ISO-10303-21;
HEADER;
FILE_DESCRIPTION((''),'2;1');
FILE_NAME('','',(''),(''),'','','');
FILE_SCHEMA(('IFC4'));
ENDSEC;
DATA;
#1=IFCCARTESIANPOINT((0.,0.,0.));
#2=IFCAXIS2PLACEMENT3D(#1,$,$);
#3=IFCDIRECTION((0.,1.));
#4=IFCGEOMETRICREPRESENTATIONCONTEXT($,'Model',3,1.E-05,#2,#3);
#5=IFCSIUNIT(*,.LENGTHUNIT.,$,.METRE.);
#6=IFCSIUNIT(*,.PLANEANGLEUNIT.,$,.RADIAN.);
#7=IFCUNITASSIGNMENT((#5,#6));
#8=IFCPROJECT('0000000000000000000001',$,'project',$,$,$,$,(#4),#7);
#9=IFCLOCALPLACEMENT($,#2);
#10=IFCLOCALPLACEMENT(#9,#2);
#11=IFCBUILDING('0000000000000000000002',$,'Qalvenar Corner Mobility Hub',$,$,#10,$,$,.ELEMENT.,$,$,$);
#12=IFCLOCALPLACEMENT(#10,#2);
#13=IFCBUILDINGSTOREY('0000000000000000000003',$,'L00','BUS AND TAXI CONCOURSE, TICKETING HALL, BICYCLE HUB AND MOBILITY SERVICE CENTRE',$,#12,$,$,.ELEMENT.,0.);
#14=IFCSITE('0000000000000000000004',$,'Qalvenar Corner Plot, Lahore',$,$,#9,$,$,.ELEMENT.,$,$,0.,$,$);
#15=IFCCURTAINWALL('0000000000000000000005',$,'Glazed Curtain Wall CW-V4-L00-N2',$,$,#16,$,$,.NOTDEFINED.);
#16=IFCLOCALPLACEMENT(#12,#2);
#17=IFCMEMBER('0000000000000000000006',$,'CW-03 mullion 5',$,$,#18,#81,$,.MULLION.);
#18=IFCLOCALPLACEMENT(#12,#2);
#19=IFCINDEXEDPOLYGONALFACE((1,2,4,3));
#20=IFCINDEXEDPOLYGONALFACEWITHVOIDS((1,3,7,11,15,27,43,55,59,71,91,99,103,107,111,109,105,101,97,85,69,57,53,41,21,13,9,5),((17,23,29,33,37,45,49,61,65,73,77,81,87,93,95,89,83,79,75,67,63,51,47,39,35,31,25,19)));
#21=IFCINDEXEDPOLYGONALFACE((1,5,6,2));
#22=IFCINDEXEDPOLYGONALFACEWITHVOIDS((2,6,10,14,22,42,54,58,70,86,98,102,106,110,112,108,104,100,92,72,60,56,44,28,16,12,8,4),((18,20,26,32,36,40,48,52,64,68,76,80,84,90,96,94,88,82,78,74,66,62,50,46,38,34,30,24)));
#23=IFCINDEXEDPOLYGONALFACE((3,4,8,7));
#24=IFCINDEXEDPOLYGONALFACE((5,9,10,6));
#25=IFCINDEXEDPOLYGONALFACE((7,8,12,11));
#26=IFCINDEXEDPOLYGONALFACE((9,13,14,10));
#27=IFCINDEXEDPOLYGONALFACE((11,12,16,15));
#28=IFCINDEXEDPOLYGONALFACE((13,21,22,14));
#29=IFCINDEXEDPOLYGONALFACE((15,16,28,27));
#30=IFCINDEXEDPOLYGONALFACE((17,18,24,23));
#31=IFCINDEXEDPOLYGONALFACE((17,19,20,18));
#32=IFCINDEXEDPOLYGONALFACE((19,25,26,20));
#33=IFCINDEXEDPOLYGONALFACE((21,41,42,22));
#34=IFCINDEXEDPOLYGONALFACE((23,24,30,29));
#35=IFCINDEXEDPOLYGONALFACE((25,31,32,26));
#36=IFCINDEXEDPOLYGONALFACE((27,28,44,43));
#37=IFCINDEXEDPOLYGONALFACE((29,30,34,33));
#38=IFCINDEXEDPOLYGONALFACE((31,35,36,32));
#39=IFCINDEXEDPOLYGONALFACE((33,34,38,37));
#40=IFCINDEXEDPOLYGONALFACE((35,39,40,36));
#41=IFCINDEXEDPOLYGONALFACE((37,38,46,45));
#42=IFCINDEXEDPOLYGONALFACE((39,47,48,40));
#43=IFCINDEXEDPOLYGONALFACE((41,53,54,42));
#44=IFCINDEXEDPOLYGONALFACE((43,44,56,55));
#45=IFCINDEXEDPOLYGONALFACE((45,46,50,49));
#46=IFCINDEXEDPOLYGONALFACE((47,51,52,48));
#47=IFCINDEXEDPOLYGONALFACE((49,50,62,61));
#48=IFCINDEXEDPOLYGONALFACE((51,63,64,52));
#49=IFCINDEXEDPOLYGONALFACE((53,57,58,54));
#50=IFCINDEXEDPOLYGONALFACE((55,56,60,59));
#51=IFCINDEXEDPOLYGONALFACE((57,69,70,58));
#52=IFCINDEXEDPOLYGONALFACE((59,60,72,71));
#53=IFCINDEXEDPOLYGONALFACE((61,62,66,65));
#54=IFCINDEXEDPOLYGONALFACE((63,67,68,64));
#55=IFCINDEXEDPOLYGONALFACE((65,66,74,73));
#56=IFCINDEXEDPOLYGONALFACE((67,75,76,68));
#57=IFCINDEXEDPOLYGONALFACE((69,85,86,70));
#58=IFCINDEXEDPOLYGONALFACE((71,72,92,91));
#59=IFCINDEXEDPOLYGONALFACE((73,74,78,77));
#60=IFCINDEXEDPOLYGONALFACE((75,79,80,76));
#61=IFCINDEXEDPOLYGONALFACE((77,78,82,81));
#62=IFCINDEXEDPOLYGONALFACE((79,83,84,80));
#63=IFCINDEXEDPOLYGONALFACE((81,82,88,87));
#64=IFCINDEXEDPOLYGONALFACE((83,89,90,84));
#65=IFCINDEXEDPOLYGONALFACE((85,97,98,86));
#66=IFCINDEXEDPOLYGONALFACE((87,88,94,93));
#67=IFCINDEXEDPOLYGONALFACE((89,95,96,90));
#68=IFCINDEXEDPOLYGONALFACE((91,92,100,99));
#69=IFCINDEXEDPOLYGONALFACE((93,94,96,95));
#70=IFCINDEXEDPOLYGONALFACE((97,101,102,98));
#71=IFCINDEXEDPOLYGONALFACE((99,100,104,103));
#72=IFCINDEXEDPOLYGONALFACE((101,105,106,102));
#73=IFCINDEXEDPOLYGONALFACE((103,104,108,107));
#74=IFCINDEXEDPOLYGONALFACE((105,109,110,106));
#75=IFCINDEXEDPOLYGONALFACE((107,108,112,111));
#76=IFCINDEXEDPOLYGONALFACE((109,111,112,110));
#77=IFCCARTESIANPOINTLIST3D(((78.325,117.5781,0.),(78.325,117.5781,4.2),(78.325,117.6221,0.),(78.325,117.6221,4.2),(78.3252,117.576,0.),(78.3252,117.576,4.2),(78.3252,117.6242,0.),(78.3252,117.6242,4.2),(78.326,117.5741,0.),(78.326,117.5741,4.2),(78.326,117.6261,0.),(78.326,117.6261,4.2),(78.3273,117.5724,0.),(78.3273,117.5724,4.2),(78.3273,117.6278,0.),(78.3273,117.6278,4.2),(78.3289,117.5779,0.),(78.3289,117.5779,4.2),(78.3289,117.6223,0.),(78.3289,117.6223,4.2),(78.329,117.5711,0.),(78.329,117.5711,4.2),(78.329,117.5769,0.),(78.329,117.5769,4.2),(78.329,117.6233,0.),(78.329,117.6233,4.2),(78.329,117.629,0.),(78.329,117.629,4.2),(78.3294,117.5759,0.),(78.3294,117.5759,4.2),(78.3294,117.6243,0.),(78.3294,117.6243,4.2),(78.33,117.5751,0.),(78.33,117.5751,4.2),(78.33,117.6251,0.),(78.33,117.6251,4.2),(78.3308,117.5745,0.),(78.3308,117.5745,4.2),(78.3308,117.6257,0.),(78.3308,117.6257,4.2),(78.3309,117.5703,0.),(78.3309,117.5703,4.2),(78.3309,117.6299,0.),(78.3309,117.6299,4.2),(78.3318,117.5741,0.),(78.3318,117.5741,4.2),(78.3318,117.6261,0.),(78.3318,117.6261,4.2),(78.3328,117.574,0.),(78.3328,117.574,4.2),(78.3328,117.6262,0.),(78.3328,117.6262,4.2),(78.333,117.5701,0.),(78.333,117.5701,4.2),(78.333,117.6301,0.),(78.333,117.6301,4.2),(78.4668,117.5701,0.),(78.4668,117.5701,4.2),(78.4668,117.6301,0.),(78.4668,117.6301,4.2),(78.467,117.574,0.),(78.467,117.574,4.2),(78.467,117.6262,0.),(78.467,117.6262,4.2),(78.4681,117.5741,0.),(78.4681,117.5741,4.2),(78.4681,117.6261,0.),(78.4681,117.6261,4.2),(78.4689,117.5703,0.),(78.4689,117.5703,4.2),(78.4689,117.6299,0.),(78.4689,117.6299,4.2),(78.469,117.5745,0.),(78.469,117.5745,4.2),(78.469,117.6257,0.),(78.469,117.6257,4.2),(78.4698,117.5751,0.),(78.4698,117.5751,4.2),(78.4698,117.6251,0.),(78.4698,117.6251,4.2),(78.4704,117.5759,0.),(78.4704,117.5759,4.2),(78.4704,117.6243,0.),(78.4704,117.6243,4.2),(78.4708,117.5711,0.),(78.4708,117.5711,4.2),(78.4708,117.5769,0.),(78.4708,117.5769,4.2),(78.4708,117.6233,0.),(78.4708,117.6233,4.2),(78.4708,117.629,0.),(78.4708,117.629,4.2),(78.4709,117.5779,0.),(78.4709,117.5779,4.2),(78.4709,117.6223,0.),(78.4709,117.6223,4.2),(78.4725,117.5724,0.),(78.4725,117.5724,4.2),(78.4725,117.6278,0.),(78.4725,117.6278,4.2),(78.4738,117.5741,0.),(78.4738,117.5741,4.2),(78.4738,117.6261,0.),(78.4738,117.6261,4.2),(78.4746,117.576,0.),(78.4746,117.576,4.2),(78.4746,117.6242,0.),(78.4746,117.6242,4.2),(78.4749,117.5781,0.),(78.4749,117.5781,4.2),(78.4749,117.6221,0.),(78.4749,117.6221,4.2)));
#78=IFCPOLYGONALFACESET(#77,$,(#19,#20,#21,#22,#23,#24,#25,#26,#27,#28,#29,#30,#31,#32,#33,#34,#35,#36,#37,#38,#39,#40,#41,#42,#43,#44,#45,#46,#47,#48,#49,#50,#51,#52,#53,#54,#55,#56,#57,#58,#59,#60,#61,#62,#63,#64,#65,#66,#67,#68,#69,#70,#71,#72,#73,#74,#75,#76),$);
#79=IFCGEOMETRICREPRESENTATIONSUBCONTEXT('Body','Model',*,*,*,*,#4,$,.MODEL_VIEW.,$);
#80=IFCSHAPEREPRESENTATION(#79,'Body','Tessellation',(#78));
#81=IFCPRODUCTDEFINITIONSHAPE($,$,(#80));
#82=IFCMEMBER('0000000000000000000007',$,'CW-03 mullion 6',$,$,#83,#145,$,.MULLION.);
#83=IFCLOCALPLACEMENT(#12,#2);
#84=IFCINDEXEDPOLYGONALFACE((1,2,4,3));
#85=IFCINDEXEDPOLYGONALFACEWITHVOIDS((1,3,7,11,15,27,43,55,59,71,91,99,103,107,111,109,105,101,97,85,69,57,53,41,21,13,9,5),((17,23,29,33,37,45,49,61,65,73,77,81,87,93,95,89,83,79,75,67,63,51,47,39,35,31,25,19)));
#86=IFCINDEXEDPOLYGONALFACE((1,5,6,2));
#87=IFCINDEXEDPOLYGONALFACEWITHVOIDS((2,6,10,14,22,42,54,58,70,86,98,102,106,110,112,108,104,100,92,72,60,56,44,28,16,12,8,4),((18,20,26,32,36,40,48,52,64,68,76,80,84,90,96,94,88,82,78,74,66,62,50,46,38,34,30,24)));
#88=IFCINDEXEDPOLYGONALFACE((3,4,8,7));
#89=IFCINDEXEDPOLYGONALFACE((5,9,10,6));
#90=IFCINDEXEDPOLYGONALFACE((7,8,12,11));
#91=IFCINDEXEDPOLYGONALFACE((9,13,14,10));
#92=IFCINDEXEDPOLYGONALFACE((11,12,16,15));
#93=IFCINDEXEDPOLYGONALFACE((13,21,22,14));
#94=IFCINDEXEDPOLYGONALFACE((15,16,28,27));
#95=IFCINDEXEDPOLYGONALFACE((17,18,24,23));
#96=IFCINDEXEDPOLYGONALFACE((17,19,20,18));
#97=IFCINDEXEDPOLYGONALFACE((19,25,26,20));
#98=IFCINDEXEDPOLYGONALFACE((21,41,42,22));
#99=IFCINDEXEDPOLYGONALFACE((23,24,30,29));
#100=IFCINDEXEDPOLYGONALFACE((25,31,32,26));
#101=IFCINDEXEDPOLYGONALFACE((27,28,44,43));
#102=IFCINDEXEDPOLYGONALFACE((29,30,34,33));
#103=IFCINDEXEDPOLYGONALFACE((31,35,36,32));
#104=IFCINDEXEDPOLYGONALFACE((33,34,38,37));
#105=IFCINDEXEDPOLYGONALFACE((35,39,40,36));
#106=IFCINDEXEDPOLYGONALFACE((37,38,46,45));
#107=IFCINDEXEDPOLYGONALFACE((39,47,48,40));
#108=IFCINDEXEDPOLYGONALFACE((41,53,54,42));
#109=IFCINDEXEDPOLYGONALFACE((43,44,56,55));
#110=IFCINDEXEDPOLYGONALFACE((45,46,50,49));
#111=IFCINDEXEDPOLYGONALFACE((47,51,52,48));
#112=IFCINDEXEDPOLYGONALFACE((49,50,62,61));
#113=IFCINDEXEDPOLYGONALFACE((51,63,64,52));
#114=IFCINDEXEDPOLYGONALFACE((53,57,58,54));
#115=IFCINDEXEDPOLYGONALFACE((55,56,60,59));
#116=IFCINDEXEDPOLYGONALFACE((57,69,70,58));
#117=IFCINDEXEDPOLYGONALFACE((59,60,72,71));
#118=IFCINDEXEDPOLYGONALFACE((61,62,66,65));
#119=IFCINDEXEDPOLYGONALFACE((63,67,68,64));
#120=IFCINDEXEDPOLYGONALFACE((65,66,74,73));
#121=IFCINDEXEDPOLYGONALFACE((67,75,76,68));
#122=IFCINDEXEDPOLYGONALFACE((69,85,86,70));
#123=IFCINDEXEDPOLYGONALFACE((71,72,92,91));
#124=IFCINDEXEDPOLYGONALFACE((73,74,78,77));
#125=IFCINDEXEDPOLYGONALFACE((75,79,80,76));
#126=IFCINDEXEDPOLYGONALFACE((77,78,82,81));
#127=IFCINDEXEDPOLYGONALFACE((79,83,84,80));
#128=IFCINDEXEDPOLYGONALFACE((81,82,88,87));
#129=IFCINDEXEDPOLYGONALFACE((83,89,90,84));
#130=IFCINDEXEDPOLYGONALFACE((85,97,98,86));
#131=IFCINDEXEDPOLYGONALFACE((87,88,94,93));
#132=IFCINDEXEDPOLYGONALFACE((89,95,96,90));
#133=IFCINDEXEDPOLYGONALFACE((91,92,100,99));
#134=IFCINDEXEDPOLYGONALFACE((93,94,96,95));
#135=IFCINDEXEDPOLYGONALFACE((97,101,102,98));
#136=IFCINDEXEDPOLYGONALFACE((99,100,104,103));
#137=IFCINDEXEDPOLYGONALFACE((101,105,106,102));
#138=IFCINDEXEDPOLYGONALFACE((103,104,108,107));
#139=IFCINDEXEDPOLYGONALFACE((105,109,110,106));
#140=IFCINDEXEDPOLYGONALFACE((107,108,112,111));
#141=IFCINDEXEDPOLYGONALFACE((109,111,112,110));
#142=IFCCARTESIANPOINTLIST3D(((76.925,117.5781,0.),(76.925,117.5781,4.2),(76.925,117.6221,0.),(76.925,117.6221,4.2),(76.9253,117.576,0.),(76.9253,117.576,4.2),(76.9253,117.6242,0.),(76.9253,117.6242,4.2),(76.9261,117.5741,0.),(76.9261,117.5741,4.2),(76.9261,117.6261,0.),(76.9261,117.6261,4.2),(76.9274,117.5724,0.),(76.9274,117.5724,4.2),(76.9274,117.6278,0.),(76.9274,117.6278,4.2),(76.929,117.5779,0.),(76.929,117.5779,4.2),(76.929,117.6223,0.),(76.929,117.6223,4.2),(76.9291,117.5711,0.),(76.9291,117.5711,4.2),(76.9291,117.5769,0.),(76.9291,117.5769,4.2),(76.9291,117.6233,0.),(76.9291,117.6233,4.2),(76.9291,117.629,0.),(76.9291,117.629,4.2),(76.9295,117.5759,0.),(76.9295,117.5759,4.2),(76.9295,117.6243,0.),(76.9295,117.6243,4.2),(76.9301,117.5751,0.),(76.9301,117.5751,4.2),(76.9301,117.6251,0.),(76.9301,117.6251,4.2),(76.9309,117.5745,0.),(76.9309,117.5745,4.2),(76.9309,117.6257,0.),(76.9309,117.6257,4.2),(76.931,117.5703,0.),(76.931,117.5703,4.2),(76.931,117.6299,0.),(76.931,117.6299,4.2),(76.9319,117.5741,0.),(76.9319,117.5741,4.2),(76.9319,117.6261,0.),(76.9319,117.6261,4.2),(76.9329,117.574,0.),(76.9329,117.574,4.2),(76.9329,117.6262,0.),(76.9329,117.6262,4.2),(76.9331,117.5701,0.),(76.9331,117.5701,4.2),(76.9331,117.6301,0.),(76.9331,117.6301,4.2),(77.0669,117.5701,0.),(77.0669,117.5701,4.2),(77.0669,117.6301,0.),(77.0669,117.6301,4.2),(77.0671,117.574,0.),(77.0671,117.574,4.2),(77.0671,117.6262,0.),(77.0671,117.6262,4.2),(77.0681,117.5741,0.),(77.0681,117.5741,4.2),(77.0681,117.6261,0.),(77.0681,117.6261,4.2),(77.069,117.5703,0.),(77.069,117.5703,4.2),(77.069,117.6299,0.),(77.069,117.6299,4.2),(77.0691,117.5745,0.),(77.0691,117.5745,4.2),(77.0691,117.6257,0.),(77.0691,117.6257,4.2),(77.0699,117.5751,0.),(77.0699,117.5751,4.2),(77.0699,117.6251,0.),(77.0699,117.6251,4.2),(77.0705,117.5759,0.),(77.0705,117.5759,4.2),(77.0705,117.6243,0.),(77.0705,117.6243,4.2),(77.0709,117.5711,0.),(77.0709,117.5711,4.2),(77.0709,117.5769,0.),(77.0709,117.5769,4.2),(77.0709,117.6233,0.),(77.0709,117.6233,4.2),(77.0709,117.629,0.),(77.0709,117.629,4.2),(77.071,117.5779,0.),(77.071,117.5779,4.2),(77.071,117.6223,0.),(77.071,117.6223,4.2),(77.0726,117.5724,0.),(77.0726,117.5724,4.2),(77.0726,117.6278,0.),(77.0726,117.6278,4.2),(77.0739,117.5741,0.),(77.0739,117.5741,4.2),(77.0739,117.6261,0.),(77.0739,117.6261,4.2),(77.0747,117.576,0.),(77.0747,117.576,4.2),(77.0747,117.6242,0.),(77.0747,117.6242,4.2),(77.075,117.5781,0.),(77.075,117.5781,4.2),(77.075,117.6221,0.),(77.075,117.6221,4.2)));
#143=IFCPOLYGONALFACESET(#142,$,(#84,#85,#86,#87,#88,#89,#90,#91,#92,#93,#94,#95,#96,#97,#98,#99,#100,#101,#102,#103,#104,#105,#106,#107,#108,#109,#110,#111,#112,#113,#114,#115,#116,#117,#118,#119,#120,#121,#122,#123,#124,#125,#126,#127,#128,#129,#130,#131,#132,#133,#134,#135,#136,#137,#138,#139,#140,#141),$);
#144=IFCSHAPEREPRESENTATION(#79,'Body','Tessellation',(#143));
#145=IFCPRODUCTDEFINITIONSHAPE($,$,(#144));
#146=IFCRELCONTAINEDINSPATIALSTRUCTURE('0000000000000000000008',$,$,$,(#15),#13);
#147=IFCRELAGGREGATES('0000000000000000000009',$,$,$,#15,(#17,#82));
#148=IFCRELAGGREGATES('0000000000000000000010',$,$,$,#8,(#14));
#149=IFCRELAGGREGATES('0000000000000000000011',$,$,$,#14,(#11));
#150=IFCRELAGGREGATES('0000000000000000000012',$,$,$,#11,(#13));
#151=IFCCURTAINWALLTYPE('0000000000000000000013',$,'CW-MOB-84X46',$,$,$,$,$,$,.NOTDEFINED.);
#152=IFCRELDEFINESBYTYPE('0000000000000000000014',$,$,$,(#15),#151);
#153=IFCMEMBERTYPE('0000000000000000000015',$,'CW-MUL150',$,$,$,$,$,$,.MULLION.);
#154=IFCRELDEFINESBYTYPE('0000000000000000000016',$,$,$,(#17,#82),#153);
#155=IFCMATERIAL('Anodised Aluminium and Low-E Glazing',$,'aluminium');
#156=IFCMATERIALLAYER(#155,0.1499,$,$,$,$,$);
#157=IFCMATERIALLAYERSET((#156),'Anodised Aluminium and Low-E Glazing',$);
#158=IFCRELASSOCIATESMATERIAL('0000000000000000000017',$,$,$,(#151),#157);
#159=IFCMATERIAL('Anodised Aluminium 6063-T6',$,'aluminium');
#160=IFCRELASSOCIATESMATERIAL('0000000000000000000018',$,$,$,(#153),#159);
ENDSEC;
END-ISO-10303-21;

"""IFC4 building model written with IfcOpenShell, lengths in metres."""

from ifc_helpers import new_model, si_unit, direction, frame, origin, origin_2d, place, context, subcontext, project, spatial, hollow_rectangle, extrude, material, layer, layer_set, material_profile, profile_set, type_object, element, aggregate, save


model = new_model("IFC4")

# Units and contexts
model_context = context("Model", 3, precision=1e-05, world=origin(), true_north=direction((0.0, 1.0)))
body_context = subcontext(model_context, "Body", "Model", "MODEL_VIEW")
ifc_project = project(units=[si_unit("LENGTHUNIT", "METRE"), si_unit("PLANEANGLEUNIT", "RADIAN")], contexts=[model_context])

# Site, building, storey
site_placement = place(None, origin())
site = spatial("IfcSite", under=ifc_project, at=site_placement, Name="Qalvenar Corner Plot, Lahore", CompositionType="ELEMENT", RefElevation=0.0)
building_placement = place(site_placement, origin())
building = spatial("IfcBuilding", under=site, at=building_placement, Name="Qalvenar Corner Mobility Hub", CompositionType="ELEMENT")
storey_placement = place(building_placement, origin())
storey = spatial("IfcBuildingStorey", under=building, at=storey_placement, Name="L00", Description="BUS AND TAXI CONCOURSE, TICKETING HALL, BICYCLE HUB AND MOBILITY SERVICE CENTRE", CompositionType="ELEMENT", Elevation=0.0)

# Curtain wall, members
ifc_material_1 = material(Name="Anodised Aluminium and Low-E Glazing", Category="aluminium")
ifc_layer_1 = layer(ifc_material_1, 0.1499)
ifc_layer_set_1 = layer_set([ifc_layer_1], Name="Anodised Aluminium and Low-E Glazing")
curtain_wall_type = type_object("IfcCurtainWallType", Name="CW-MOB-84X46", PredefinedType="NOTDEFINED", material=ifc_layer_set_1)
curtain_wall_placement = place(storey_placement, origin())
curtain_wall = element("IfcCurtainWall", 1, at=curtain_wall_placement, inside=storey, type_object=curtain_wall_type, Name="Glazed Curtain Wall CW-V4-L00-N2", PredefinedType="NOTDEFINED")
ifc_material_2 = material(Name="Anodised Aluminium 6063-T6", Category="aluminium")
ifc_material_profile_1 = material_profile(ifc_material_2, hollow_rectangle(XDim=0.0601, YDim=0.1499, WallThickness=0.0039, InnerFilletRadius=0.0039, OuterFilletRadius=0.0081, at=origin_2d()), Name="RHS150x60x4")
ifc_profile_set_1 = profile_set([ifc_material_profile_1], Name="Anodised Aluminium 6063-T6")
member_type_1 = type_object("IfcMemberType", Name="CW-MUL150", PredefinedType="MULLION", material=ifc_profile_set_1)
member_1_placement = place(storey_placement, frame((78.3999, 117.6001, 0.0), z_axis=(0.0, 0.0, 1.0), x_axis=(0.0, -1.0, 0.0)))
member_1 = element("IfcMember", 2, at=member_1_placement, type_object=member_type_1, Name="CW-03 mullion 5", PredefinedType="MULLION", context=body_context, shape_type="SweptSolid", body=[
    extrude(hollow_rectangle(XDim=0.0601, YDim=0.1499, WallThickness=0.0039, InnerFilletRadius=0.0039, OuterFilletRadius=0.0081, at=origin_2d()), origin(), (0.0, 0.0, 1.0), 4.2),
])
member_2_placement = place(storey_placement, frame((77.0, 117.6001, 0.0), z_axis=(0.0, 0.0, 1.0), x_axis=(0.0, -1.0, 0.0)))
member_2 = element("IfcMember", 3, at=member_2_placement, type_object=member_type_1, Name="CW-03 mullion 6", PredefinedType="MULLION", context=body_context, shape_type="SweptSolid", body=[
    extrude(hollow_rectangle(XDim=0.0601, YDim=0.1499, WallThickness=0.0039, InnerFilletRadius=0.0039, OuterFilletRadius=0.0081, at=origin_2d()), origin(), (0.0, 0.0, 1.0), 4.2),
])
aggregate(curtain_wall, [member_1, member_2])

save(model, "model.ifc")
